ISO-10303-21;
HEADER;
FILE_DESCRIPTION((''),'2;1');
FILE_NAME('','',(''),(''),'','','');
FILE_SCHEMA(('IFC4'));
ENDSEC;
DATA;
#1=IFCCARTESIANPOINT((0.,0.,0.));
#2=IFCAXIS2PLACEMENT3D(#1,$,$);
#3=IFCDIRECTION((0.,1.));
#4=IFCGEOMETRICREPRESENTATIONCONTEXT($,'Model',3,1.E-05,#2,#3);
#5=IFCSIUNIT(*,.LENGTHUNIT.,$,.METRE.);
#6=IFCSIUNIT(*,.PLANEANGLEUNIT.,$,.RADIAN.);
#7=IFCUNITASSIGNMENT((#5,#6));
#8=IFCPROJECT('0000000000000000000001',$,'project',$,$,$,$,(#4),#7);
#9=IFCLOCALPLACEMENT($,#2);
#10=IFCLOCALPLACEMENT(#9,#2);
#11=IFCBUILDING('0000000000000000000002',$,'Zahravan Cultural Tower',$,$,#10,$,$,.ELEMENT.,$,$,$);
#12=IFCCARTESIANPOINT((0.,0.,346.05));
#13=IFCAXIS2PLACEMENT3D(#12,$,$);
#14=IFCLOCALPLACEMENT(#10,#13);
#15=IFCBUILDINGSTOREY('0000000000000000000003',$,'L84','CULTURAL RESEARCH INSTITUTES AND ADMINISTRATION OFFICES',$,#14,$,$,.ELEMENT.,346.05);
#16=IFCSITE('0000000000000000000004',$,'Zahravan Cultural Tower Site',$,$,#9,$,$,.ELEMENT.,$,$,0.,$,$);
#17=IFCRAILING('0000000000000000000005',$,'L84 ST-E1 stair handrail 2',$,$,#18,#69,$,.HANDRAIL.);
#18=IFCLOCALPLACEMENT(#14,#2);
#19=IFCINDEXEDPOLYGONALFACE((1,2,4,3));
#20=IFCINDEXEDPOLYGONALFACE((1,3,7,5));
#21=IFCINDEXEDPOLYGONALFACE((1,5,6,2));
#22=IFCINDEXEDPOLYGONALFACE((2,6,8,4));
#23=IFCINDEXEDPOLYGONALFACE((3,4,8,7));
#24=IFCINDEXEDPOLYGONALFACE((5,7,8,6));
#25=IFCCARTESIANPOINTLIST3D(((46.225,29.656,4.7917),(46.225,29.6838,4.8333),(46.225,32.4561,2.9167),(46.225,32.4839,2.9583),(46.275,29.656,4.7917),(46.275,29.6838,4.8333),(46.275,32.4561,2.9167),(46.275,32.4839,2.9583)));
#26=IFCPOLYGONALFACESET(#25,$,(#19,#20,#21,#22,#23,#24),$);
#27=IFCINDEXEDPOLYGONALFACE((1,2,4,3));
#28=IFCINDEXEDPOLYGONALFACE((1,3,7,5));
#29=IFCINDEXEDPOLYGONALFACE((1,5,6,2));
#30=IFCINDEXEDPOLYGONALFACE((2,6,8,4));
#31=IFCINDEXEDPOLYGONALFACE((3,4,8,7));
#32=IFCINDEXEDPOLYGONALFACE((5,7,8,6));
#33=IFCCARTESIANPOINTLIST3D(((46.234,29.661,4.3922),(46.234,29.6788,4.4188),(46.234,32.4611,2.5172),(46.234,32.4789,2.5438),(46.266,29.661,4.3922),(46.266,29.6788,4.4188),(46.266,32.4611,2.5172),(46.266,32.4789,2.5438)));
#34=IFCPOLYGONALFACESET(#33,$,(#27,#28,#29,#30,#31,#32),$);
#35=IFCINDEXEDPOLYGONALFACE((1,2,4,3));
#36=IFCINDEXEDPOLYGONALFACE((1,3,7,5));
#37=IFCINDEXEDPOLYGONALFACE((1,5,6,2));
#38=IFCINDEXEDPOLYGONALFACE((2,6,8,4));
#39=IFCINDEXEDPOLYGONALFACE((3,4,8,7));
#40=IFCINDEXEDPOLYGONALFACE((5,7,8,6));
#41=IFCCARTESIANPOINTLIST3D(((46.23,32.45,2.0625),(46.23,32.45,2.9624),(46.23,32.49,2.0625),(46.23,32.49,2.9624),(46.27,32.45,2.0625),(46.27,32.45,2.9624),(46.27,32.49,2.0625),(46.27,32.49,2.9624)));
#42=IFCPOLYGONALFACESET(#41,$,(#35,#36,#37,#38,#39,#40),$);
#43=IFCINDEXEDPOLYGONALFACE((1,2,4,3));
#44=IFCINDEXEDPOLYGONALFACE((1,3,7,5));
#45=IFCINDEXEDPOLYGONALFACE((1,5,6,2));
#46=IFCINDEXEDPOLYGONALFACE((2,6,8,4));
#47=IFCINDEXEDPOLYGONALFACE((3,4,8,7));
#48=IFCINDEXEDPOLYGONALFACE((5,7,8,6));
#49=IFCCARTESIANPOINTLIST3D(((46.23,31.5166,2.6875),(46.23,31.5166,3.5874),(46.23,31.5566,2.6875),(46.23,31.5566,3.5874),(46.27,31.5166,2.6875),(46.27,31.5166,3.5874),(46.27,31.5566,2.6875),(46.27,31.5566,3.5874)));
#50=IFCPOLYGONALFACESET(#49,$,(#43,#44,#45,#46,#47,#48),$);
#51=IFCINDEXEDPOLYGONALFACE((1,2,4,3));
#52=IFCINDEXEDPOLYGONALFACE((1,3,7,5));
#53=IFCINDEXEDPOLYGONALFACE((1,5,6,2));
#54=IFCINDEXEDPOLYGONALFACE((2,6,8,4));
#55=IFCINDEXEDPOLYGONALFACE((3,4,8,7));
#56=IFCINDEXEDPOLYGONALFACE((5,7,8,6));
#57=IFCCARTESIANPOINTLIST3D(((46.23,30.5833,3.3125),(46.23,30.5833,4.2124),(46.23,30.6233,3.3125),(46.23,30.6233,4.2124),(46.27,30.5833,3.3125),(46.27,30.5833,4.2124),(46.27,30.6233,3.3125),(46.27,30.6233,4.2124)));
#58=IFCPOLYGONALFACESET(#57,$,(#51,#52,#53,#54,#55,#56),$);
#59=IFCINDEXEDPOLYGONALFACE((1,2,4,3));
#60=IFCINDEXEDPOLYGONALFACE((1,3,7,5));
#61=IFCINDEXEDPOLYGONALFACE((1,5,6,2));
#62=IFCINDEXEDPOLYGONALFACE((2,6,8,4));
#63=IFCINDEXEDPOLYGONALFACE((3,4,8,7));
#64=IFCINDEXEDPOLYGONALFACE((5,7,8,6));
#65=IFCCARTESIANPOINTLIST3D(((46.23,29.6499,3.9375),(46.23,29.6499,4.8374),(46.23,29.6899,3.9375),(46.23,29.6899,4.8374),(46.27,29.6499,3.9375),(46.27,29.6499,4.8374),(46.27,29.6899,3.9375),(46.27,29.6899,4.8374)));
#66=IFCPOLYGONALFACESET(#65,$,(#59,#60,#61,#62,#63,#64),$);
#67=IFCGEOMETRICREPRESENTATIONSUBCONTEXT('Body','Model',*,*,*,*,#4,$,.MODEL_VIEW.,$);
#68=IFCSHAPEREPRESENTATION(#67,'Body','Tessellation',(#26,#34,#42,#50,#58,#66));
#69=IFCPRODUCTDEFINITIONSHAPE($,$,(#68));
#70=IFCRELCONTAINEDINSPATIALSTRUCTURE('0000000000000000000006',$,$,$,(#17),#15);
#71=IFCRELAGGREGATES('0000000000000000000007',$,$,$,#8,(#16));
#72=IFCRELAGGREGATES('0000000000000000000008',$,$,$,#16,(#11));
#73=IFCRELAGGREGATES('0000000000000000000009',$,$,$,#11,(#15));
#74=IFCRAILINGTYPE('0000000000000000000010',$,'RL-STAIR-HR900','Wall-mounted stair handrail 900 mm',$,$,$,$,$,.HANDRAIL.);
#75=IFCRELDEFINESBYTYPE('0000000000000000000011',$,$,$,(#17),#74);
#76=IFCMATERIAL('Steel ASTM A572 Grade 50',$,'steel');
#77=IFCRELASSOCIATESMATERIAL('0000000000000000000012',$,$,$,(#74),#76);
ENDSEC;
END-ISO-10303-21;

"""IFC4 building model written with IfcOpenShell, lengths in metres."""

from ifc_helpers import new_model, si_unit, direction, frame, origin, origin_2d, place, context, subcontext, project, spatial, rectangle, extrude, material, type_object, element, save


model = new_model("IFC4")

# Units and contexts
model_context = context("Model", 3, precision=1e-05, world=origin(), true_north=direction((0.0, 1.0)))
body_context = subcontext(model_context, "Body", "Model", "MODEL_VIEW")
ifc_project = project(units=[si_unit("LENGTHUNIT", "METRE"), si_unit("PLANEANGLEUNIT", "RADIAN")], contexts=[model_context])

# Site, building, storey
site_placement = place(None, origin())
site = spatial("IfcSite", under=ifc_project, at=site_placement, Name="Zahravan Cultural Tower Site", CompositionType="ELEMENT", RefElevation=0.0)
building_placement = place(site_placement, origin())
building = spatial("IfcBuilding", under=site, at=building_placement, Name="Zahravan Cultural Tower", CompositionType="ELEMENT")
storey_placement = place(building_placement, frame((0.0, 0.0, 346.05)))
storey = spatial("IfcBuildingStorey", under=building, at=storey_placement, Name="L84", Description="CULTURAL RESEARCH INSTITUTES AND ADMINISTRATION OFFICES", CompositionType="ELEMENT", Elevation=346.05)

# Shared definitions
ifc_material_1 = material(Name="Steel ASTM A572 Grade 50", Category="steel")

# Railing
railing_type_1 = type_object("IfcRailingType", Name="RL-STAIR-HR900", Description="Wall-mounted stair handrail 900 mm", PredefinedType="HANDRAIL", material=ifc_material_1)
railing_1_placement = place(storey_placement, frame((46.25, 32.47, 2.0625)))
element("IfcRailing", 1, at=railing_1_placement, inside=storey, type_object=railing_type_1, Name="L84 ST-E1 stair handrail 2", PredefinedType="HANDRAIL", context=body_context, shape_type="SweptSolid", body=[
    extrude(rectangle(XDim=0.05, YDim=0.05, at=origin_2d()), frame((0.0, 0.0, 0.875), z_axis=(0.0, -0.830912, 0.556404), x_axis=(1.0, 0.0, 0.0)), (0.0, 0.0, 1.0), 3.3699),
    extrude(rectangle(XDim=0.032, YDim=0.032, at=origin_2d()), frame((0.0, 0.0, 0.468), z_axis=(0.0, -0.830912, 0.556404), x_axis=(1.0, 0.0, 0.0)), (0.0, 0.0, 1.0), 3.3699),
    extrude(rectangle(XDim=0.04, YDim=0.04, at=origin_2d()), origin(), (0.0, 0.0, 1.0), 0.8999),
    extrude(rectangle(XDim=0.04, YDim=0.04, at=origin_2d()), frame((0.0, -0.9333, 0.625)), (0.0, 0.0, 1.0), 0.8999),
    extrude(rectangle(XDim=0.04, YDim=0.04, at=origin_2d()), frame((0.0, -1.8667, 1.25)), (0.0, 0.0, 1.0), 0.8999),
    extrude(rectangle(XDim=0.04, YDim=0.04, at=origin_2d()), frame((0.0, -2.8, 1.875)), (0.0, 0.0, 1.0), 0.8999),
])

save(model, "model.ifc")
